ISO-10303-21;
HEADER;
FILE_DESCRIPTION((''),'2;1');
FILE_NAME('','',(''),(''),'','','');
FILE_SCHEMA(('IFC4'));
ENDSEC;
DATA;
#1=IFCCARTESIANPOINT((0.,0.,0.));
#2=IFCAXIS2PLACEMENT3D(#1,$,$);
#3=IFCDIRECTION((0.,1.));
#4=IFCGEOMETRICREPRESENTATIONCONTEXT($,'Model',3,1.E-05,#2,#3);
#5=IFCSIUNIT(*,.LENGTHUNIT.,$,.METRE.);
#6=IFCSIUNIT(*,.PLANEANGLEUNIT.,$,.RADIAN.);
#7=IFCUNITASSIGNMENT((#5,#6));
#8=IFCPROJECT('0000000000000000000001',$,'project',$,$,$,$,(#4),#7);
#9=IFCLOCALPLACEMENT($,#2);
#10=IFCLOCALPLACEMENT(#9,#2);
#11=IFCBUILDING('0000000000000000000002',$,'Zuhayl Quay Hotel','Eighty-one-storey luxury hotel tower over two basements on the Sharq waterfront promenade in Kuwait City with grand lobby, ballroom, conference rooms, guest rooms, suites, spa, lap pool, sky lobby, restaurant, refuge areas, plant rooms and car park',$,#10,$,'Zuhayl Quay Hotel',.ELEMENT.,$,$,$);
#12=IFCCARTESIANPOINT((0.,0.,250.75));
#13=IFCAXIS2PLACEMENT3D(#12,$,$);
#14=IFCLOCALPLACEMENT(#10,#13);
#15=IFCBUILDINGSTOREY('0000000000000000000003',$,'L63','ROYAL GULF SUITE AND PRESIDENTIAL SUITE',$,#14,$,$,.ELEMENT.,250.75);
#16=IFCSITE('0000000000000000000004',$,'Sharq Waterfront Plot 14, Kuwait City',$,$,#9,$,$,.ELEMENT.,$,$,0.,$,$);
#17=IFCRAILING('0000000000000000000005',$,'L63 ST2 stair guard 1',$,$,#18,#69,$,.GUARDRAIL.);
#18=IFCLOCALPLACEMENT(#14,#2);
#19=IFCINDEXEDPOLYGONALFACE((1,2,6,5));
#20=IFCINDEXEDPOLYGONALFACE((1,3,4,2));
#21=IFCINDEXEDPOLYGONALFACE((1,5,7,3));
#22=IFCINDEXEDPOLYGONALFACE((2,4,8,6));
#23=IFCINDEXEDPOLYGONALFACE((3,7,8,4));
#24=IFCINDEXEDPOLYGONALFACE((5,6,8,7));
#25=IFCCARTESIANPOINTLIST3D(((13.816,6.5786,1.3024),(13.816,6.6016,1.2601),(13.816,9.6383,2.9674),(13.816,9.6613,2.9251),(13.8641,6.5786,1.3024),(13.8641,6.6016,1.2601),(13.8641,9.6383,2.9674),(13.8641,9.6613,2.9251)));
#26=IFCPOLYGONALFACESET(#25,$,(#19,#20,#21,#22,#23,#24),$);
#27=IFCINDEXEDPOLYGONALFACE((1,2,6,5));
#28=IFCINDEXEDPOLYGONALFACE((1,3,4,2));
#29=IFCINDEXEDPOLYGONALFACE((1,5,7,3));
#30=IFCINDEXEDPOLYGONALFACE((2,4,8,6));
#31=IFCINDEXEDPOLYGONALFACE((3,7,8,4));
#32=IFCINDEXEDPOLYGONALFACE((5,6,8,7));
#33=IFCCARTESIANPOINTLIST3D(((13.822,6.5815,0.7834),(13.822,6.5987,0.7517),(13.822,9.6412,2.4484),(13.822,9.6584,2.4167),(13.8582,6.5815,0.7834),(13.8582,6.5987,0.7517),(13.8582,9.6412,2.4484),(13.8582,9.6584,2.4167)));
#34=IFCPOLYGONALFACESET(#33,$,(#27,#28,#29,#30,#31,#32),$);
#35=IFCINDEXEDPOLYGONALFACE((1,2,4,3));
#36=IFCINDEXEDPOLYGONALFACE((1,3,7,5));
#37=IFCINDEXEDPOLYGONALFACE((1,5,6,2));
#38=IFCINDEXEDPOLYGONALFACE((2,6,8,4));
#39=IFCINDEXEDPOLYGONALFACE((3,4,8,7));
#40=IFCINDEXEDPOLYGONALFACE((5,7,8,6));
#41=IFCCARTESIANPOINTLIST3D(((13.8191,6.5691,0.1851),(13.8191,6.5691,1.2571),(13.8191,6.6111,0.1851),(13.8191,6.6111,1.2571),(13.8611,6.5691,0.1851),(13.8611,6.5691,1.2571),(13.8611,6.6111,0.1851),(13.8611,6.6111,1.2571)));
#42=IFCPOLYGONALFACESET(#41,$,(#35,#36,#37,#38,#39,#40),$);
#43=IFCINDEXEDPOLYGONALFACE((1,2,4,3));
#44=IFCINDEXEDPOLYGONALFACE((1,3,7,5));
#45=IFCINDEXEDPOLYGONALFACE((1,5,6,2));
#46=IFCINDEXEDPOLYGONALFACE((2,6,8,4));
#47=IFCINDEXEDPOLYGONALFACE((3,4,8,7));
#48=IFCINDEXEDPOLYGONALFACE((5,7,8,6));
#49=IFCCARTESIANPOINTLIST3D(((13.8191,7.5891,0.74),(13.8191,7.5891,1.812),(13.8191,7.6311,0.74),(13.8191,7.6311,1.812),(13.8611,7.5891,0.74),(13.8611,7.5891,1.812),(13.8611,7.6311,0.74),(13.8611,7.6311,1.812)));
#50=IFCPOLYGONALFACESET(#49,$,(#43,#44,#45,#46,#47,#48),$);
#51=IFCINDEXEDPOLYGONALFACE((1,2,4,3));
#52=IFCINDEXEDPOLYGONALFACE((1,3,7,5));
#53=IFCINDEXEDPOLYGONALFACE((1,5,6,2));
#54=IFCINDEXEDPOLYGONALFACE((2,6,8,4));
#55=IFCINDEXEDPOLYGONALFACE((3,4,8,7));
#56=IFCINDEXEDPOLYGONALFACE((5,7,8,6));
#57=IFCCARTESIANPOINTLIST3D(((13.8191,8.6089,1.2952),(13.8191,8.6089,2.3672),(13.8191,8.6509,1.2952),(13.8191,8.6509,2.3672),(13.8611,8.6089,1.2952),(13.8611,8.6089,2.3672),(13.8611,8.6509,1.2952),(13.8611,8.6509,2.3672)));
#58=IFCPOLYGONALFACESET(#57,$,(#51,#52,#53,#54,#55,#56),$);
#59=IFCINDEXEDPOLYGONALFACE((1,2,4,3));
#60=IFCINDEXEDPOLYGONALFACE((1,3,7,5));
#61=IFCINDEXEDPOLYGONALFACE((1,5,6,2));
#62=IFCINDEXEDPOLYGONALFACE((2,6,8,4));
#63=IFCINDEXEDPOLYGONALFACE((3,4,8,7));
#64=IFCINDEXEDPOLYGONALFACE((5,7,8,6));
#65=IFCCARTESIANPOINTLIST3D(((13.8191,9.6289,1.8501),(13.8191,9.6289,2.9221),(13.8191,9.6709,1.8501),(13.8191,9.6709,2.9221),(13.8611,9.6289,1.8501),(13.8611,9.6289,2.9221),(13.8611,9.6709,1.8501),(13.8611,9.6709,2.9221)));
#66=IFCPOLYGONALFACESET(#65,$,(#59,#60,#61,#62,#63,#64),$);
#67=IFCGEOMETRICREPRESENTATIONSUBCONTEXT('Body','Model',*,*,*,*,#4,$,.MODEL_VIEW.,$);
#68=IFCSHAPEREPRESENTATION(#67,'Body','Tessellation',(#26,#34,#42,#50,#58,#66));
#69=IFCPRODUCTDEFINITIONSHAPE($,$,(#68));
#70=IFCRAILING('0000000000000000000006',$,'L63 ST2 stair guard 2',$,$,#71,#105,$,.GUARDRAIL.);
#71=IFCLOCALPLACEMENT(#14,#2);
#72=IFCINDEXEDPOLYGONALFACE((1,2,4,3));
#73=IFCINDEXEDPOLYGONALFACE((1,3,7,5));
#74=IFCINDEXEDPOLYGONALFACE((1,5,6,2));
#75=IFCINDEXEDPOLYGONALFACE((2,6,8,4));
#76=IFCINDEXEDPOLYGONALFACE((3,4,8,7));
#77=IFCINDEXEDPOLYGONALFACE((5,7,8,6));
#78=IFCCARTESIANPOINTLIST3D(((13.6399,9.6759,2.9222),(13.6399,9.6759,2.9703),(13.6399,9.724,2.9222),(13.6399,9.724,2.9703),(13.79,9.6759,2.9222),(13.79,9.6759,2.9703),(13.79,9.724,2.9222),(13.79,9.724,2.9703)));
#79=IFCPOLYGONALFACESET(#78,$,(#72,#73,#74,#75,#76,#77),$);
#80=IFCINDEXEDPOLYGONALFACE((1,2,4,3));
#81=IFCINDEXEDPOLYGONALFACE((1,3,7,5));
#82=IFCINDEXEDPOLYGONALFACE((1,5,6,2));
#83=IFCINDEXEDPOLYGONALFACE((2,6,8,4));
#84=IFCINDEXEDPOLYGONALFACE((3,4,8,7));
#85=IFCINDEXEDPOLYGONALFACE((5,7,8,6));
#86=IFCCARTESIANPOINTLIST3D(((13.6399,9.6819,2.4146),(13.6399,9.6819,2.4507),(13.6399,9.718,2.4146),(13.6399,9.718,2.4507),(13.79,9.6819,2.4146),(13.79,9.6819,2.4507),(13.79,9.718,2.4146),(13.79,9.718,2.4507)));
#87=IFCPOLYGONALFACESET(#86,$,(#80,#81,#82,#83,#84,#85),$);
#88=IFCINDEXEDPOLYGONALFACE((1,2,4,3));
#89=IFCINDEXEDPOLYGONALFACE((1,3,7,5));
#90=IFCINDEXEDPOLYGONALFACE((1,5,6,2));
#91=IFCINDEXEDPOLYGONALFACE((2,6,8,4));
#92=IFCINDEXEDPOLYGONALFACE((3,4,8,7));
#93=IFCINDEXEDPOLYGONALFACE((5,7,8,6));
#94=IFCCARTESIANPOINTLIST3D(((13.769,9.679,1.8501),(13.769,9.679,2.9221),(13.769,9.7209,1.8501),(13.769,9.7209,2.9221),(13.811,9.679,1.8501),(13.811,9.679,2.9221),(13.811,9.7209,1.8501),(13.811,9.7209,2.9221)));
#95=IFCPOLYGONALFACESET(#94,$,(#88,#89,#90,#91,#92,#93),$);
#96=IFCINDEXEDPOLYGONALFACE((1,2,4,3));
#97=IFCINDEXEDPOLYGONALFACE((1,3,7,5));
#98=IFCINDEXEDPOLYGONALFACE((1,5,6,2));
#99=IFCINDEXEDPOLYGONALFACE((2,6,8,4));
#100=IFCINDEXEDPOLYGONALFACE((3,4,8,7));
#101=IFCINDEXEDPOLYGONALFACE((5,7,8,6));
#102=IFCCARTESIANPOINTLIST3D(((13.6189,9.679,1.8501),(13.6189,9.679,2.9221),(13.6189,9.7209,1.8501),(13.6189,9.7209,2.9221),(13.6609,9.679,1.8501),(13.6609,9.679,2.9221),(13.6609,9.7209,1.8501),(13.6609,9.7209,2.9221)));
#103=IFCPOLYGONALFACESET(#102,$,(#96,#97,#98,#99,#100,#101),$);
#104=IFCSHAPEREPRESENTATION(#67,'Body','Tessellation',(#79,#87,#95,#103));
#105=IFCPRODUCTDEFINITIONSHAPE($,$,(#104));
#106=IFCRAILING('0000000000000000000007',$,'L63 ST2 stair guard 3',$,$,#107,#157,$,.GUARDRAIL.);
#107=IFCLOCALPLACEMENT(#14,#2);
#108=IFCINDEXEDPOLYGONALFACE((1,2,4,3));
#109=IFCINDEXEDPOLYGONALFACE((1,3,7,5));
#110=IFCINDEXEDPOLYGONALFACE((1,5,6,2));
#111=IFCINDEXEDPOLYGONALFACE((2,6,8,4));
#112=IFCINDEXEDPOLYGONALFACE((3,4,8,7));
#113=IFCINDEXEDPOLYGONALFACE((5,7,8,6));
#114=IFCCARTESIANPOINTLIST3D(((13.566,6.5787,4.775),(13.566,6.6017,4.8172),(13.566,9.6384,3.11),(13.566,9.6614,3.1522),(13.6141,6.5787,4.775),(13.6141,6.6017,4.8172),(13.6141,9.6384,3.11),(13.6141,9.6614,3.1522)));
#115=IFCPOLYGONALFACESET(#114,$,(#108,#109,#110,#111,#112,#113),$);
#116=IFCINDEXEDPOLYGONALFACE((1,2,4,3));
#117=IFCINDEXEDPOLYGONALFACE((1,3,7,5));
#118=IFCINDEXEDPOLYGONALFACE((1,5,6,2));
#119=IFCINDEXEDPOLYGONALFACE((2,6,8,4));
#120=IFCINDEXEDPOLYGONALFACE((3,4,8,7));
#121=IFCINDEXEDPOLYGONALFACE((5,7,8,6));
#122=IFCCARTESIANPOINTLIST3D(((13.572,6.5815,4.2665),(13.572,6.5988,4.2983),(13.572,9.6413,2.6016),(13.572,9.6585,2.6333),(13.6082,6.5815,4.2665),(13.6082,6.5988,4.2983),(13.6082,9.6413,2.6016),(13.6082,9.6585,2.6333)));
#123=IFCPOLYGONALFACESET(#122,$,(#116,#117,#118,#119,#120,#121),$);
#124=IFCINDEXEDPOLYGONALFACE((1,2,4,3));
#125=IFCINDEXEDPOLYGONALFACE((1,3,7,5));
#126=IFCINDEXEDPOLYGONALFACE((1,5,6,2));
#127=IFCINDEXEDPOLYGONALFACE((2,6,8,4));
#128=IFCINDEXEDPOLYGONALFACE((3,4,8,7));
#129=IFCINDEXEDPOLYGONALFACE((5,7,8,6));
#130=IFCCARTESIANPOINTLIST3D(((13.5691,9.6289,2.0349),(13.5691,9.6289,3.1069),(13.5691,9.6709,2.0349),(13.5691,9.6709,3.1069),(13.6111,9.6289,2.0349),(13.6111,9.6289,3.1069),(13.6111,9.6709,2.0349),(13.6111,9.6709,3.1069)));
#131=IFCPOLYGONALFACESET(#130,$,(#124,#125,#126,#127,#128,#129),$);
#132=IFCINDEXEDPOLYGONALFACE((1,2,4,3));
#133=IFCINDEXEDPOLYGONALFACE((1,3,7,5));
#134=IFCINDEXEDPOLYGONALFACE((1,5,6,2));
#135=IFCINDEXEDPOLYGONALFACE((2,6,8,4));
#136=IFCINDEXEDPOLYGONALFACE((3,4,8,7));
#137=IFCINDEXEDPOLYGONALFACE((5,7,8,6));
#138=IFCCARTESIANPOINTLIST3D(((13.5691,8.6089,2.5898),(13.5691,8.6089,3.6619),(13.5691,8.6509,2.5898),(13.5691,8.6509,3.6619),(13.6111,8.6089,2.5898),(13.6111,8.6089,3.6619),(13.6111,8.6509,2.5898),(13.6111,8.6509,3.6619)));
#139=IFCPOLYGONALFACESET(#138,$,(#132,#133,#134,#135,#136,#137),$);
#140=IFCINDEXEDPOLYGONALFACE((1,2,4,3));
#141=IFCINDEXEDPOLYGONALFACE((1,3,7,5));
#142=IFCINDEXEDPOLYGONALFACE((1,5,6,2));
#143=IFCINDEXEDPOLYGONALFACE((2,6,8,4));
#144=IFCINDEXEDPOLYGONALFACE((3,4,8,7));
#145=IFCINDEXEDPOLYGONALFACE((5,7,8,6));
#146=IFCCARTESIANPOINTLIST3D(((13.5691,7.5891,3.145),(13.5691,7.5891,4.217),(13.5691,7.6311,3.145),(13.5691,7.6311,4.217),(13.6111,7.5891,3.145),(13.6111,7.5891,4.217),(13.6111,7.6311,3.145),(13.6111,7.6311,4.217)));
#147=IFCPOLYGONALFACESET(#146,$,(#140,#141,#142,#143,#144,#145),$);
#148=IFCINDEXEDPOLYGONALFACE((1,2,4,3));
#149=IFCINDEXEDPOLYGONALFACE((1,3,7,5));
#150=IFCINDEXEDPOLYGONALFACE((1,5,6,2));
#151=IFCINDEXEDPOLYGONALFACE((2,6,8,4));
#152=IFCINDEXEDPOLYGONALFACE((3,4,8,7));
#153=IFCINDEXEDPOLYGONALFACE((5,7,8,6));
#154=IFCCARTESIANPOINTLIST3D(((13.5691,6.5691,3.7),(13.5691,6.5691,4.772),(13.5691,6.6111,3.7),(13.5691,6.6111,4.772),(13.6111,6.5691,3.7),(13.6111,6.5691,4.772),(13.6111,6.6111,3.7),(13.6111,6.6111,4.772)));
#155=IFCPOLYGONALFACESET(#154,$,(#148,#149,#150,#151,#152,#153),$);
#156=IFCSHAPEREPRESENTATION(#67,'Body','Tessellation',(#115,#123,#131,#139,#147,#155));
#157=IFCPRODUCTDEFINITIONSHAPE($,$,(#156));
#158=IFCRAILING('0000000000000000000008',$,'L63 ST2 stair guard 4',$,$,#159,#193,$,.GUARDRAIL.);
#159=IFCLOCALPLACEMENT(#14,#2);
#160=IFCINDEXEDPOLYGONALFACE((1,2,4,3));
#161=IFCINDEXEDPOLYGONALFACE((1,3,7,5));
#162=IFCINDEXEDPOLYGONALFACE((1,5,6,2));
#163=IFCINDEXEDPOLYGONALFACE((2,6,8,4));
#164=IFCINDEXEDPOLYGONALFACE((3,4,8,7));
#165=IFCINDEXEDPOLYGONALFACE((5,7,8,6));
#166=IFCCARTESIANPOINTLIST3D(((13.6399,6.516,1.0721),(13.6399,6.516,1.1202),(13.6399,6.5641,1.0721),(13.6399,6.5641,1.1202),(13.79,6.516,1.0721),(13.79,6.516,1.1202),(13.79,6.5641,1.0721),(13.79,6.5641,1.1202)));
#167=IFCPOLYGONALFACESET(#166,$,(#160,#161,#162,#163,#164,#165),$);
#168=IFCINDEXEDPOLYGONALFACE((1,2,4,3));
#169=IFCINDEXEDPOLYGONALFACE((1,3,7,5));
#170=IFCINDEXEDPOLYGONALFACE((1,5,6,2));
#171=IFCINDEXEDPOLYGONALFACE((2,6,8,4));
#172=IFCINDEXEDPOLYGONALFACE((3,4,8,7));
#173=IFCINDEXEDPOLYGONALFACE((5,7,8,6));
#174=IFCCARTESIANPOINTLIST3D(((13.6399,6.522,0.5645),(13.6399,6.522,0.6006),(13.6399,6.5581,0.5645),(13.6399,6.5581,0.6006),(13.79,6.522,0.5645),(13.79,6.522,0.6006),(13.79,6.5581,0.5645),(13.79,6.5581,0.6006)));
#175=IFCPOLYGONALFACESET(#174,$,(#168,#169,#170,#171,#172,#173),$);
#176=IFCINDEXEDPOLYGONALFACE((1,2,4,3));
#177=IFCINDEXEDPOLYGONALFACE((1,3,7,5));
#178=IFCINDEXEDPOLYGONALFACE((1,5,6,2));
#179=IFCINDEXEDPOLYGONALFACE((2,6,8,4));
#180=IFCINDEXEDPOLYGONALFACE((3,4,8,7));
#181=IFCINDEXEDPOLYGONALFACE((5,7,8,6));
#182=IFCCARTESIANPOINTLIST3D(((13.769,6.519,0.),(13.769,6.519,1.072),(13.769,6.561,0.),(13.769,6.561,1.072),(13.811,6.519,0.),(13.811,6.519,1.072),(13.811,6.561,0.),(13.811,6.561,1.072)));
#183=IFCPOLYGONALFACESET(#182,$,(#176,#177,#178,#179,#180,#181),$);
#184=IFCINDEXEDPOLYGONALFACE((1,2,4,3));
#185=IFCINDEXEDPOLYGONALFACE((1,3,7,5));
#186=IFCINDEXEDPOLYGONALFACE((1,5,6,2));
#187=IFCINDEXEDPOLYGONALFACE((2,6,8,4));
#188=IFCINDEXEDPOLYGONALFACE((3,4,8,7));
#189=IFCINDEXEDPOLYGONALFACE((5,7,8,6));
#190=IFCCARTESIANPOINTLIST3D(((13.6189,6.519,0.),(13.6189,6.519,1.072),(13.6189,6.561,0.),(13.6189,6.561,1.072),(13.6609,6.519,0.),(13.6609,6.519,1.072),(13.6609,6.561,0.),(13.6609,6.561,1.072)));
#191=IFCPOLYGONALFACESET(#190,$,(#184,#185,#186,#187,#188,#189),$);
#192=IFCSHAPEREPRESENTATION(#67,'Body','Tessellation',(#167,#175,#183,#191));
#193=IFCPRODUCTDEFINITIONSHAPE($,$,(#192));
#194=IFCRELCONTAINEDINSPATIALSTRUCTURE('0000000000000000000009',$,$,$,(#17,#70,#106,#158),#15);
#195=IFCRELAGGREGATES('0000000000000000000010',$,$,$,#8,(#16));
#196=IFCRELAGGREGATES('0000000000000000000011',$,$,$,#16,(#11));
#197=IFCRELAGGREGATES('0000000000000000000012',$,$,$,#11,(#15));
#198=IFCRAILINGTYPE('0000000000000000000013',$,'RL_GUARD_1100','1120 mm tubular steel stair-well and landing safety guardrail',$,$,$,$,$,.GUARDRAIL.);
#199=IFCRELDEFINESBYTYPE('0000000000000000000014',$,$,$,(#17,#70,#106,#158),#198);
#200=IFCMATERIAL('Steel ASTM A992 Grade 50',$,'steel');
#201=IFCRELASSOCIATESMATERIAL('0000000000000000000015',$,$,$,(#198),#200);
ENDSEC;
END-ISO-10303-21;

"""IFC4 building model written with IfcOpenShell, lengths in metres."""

from ifc_helpers import new_model, si_unit, direction, frame, origin, origin_2d, place, context, subcontext, project, spatial, rectangle, extrude, material, type_object, element, save


model = new_model("IFC4")

# Units and contexts
model_context = context("Model", 3, precision=1e-05, world=origin(), true_north=direction((0.0, 1.0)))
body_context = subcontext(model_context, "Body", "Model", "MODEL_VIEW")
ifc_project = project(units=[si_unit("LENGTHUNIT", "METRE"), si_unit("PLANEANGLEUNIT", "RADIAN")], contexts=[model_context])

# Site, building, storey
site_placement = place(None, origin())
site = spatial("IfcSite", under=ifc_project, at=site_placement, Name="Sharq Waterfront Plot 14, Kuwait City", CompositionType="ELEMENT", RefElevation=0.0)
building_placement = place(site_placement, origin())
building = spatial("IfcBuilding", under=site, at=building_placement, Name="Zuhayl Quay Hotel", Description="Eighty-one-storey luxury hotel tower over two basements on the Sharq waterfront promenade in Kuwait City with grand lobby, ballroom, conference rooms, guest rooms, suites, spa, lap pool, sky lobby, restaurant, refuge areas, plant rooms and car park", LongName="Zuhayl Quay Hotel", CompositionType="ELEMENT")
storey_placement = place(building_placement, frame((0.0, 0.0, 250.75)))
storey = spatial("IfcBuildingStorey", under=building, at=storey_placement, Name="L63", Description="ROYAL GULF SUITE AND PRESIDENTIAL SUITE", CompositionType="ELEMENT", Elevation=250.75)

# Shared definitions
ifc_material_1 = material(Name="Steel ASTM A992 Grade 50", Category="steel")

# Railings
railing_type_1 = type_object("IfcRailingType", Name="RL_GUARD_1100", Description="1120 mm tubular steel stair-well and landing safety guardrail", PredefinedType="GUARDRAIL", material=ifc_material_1)
railing_1_placement = place(storey_placement, frame((13.8401, 6.5901, 0.1851)))
element("IfcRailing", 1, at=railing_1_placement, inside=storey, type_object=railing_type_1, Name="L63 ST2 stair guard 1", PredefinedType="GUARDRAIL", context=body_context, shape_type="SweptSolid", body=[
    extrude(rectangle(XDim=0.0481, YDim=0.0481, at=origin_2d()), frame((0.0, 0.0, 1.0962), z_axis=(0.0, 0.878372, 0.477978), x_axis=(-1.0, 0.0, 0.0)), (0.0, 0.0, 1.0), 3.4834),
    extrude(rectangle(XDim=0.0361, YDim=0.0361, at=origin_2d()), frame((0.0, 0.0, 0.5825), z_axis=(0.0, 0.878372, 0.477978), x_axis=(-1.0, 0.0, 0.0)), (0.0, 0.0, 1.0), 3.4834),
    extrude(rectangle(XDim=0.042, YDim=0.042, at=origin_2d()), origin(), (0.0, 0.0, 1.0), 1.072),
    extrude(rectangle(XDim=0.042, YDim=0.042, at=origin_2d()), frame((0.0, 1.02, 0.5549)), (0.0, 0.0, 1.0), 1.072),
    extrude(rectangle(XDim=0.042, YDim=0.042, at=origin_2d()), frame((0.0, 2.0398, 1.1101)), (0.0, 0.0, 1.0), 1.072),
    extrude(rectangle(XDim=0.042, YDim=0.042, at=origin_2d()), frame((0.0, 3.0598, 1.665)), (0.0, 0.0, 1.0), 1.072),
])
railing_2_placement = place(storey_placement, frame((13.79, 9.7, 1.8501)))
element("IfcRailing", 2, at=railing_2_placement, inside=storey, type_object=railing_type_1, Name="L63 ST2 stair guard 2", PredefinedType="GUARDRAIL", context=body_context, shape_type="SweptSolid", body=[
    extrude(rectangle(XDim=0.0481, YDim=0.0481, at=origin_2d()), frame((0.0, 0.0, 1.0962), z_axis=(-1.0, 0.0, 0.0), x_axis=(0.0, -1.0, 0.0)), (0.0, 0.0, 1.0), 0.1501),
    extrude(rectangle(XDim=0.0361, YDim=0.0361, at=origin_2d()), frame((0.0, 0.0, 0.5825), z_axis=(-1.0, 0.0, 0.0), x_axis=(0.0, -1.0, 0.0)), (0.0, 0.0, 1.0), 0.1501),
    extrude(rectangle(XDim=0.042, YDim=0.042, at=origin_2d()), origin(), (0.0, 0.0, 1.0), 1.072),
    extrude(rectangle(XDim=0.042, YDim=0.042, at=origin_2d()), frame((-0.1501, 0.0, 0.0)), (0.0, 0.0, 1.0), 1.072),
])
railing_3_placement = place(storey_placement, frame((13.5901, 9.6499, 2.0349)))
element("IfcRailing", 3, at=railing_3_placement, inside=storey, type_object=railing_type_1, Name="L63 ST2 stair guard 3", PredefinedType="GUARDRAIL", context=body_context, shape_type="SweptSolid", body=[
    extrude(rectangle(XDim=0.0481, YDim=0.0481, at=origin_2d()), frame((0.0, 0.0, 1.0962), z_axis=(0.0, -0.878372, 0.477978), x_axis=(1.0, 0.0, 0.0)), (0.0, 0.0, 1.0), 3.4834),
    extrude(rectangle(XDim=0.0361, YDim=0.0361, at=origin_2d()), frame((0.0, 0.0, 0.5825), z_axis=(0.0, -0.878372, 0.477978), x_axis=(1.0, 0.0, 0.0)), (0.0, 0.0, 1.0), 3.4834),
    extrude(rectangle(XDim=0.042, YDim=0.042, at=origin_2d()), origin(), (0.0, 0.0, 1.0), 1.072),
    extrude(rectangle(XDim=0.042, YDim=0.042, at=origin_2d()), frame((0.0, -1.02, 0.5549)), (0.0, 0.0, 1.0), 1.072),
    extrude(rectangle(XDim=0.042, YDim=0.042, at=origin_2d()), frame((0.0, -2.0398, 1.1101)), (0.0, 0.0, 1.0), 1.072),
    extrude(rectangle(XDim=0.042, YDim=0.042, at=origin_2d()), frame((0.0, -3.0598, 1.665)), (0.0, 0.0, 1.0), 1.072),
])
railing_4_placement = place(storey_placement, frame((13.79, 6.54, 0.0)))
element("IfcRailing", 4, at=railing_4_placement, inside=storey, type_object=railing_type_1, Name="L63 ST2 stair guard 4", PredefinedType="GUARDRAIL", context=body_context, shape_type="SweptSolid", body=[
    extrude(rectangle(XDim=0.0481, YDim=0.0481, at=origin_2d()), frame((0.0, 0.0, 1.0962), z_axis=(-1.0, 0.0, 0.0), x_axis=(0.0, -1.0, 0.0)), (0.0, 0.0, 1.0), 0.1501),
    extrude(rectangle(XDim=0.0361, YDim=0.0361, at=origin_2d()), frame((0.0, 0.0, 0.5825), z_axis=(-1.0, 0.0, 0.0), x_axis=(0.0, -1.0, 0.0)), (0.0, 0.0, 1.0), 0.1501),
    extrude(rectangle(XDim=0.042, YDim=0.042, at=origin_2d()), origin(), (0.0, 0.0, 1.0), 1.072),
    extrude(rectangle(XDim=0.042, YDim=0.042, at=origin_2d()), frame((-0.1501, 0.0, 0.0)), (0.0, 0.0, 1.0), 1.072),
])

save(model, "model.ifc")
